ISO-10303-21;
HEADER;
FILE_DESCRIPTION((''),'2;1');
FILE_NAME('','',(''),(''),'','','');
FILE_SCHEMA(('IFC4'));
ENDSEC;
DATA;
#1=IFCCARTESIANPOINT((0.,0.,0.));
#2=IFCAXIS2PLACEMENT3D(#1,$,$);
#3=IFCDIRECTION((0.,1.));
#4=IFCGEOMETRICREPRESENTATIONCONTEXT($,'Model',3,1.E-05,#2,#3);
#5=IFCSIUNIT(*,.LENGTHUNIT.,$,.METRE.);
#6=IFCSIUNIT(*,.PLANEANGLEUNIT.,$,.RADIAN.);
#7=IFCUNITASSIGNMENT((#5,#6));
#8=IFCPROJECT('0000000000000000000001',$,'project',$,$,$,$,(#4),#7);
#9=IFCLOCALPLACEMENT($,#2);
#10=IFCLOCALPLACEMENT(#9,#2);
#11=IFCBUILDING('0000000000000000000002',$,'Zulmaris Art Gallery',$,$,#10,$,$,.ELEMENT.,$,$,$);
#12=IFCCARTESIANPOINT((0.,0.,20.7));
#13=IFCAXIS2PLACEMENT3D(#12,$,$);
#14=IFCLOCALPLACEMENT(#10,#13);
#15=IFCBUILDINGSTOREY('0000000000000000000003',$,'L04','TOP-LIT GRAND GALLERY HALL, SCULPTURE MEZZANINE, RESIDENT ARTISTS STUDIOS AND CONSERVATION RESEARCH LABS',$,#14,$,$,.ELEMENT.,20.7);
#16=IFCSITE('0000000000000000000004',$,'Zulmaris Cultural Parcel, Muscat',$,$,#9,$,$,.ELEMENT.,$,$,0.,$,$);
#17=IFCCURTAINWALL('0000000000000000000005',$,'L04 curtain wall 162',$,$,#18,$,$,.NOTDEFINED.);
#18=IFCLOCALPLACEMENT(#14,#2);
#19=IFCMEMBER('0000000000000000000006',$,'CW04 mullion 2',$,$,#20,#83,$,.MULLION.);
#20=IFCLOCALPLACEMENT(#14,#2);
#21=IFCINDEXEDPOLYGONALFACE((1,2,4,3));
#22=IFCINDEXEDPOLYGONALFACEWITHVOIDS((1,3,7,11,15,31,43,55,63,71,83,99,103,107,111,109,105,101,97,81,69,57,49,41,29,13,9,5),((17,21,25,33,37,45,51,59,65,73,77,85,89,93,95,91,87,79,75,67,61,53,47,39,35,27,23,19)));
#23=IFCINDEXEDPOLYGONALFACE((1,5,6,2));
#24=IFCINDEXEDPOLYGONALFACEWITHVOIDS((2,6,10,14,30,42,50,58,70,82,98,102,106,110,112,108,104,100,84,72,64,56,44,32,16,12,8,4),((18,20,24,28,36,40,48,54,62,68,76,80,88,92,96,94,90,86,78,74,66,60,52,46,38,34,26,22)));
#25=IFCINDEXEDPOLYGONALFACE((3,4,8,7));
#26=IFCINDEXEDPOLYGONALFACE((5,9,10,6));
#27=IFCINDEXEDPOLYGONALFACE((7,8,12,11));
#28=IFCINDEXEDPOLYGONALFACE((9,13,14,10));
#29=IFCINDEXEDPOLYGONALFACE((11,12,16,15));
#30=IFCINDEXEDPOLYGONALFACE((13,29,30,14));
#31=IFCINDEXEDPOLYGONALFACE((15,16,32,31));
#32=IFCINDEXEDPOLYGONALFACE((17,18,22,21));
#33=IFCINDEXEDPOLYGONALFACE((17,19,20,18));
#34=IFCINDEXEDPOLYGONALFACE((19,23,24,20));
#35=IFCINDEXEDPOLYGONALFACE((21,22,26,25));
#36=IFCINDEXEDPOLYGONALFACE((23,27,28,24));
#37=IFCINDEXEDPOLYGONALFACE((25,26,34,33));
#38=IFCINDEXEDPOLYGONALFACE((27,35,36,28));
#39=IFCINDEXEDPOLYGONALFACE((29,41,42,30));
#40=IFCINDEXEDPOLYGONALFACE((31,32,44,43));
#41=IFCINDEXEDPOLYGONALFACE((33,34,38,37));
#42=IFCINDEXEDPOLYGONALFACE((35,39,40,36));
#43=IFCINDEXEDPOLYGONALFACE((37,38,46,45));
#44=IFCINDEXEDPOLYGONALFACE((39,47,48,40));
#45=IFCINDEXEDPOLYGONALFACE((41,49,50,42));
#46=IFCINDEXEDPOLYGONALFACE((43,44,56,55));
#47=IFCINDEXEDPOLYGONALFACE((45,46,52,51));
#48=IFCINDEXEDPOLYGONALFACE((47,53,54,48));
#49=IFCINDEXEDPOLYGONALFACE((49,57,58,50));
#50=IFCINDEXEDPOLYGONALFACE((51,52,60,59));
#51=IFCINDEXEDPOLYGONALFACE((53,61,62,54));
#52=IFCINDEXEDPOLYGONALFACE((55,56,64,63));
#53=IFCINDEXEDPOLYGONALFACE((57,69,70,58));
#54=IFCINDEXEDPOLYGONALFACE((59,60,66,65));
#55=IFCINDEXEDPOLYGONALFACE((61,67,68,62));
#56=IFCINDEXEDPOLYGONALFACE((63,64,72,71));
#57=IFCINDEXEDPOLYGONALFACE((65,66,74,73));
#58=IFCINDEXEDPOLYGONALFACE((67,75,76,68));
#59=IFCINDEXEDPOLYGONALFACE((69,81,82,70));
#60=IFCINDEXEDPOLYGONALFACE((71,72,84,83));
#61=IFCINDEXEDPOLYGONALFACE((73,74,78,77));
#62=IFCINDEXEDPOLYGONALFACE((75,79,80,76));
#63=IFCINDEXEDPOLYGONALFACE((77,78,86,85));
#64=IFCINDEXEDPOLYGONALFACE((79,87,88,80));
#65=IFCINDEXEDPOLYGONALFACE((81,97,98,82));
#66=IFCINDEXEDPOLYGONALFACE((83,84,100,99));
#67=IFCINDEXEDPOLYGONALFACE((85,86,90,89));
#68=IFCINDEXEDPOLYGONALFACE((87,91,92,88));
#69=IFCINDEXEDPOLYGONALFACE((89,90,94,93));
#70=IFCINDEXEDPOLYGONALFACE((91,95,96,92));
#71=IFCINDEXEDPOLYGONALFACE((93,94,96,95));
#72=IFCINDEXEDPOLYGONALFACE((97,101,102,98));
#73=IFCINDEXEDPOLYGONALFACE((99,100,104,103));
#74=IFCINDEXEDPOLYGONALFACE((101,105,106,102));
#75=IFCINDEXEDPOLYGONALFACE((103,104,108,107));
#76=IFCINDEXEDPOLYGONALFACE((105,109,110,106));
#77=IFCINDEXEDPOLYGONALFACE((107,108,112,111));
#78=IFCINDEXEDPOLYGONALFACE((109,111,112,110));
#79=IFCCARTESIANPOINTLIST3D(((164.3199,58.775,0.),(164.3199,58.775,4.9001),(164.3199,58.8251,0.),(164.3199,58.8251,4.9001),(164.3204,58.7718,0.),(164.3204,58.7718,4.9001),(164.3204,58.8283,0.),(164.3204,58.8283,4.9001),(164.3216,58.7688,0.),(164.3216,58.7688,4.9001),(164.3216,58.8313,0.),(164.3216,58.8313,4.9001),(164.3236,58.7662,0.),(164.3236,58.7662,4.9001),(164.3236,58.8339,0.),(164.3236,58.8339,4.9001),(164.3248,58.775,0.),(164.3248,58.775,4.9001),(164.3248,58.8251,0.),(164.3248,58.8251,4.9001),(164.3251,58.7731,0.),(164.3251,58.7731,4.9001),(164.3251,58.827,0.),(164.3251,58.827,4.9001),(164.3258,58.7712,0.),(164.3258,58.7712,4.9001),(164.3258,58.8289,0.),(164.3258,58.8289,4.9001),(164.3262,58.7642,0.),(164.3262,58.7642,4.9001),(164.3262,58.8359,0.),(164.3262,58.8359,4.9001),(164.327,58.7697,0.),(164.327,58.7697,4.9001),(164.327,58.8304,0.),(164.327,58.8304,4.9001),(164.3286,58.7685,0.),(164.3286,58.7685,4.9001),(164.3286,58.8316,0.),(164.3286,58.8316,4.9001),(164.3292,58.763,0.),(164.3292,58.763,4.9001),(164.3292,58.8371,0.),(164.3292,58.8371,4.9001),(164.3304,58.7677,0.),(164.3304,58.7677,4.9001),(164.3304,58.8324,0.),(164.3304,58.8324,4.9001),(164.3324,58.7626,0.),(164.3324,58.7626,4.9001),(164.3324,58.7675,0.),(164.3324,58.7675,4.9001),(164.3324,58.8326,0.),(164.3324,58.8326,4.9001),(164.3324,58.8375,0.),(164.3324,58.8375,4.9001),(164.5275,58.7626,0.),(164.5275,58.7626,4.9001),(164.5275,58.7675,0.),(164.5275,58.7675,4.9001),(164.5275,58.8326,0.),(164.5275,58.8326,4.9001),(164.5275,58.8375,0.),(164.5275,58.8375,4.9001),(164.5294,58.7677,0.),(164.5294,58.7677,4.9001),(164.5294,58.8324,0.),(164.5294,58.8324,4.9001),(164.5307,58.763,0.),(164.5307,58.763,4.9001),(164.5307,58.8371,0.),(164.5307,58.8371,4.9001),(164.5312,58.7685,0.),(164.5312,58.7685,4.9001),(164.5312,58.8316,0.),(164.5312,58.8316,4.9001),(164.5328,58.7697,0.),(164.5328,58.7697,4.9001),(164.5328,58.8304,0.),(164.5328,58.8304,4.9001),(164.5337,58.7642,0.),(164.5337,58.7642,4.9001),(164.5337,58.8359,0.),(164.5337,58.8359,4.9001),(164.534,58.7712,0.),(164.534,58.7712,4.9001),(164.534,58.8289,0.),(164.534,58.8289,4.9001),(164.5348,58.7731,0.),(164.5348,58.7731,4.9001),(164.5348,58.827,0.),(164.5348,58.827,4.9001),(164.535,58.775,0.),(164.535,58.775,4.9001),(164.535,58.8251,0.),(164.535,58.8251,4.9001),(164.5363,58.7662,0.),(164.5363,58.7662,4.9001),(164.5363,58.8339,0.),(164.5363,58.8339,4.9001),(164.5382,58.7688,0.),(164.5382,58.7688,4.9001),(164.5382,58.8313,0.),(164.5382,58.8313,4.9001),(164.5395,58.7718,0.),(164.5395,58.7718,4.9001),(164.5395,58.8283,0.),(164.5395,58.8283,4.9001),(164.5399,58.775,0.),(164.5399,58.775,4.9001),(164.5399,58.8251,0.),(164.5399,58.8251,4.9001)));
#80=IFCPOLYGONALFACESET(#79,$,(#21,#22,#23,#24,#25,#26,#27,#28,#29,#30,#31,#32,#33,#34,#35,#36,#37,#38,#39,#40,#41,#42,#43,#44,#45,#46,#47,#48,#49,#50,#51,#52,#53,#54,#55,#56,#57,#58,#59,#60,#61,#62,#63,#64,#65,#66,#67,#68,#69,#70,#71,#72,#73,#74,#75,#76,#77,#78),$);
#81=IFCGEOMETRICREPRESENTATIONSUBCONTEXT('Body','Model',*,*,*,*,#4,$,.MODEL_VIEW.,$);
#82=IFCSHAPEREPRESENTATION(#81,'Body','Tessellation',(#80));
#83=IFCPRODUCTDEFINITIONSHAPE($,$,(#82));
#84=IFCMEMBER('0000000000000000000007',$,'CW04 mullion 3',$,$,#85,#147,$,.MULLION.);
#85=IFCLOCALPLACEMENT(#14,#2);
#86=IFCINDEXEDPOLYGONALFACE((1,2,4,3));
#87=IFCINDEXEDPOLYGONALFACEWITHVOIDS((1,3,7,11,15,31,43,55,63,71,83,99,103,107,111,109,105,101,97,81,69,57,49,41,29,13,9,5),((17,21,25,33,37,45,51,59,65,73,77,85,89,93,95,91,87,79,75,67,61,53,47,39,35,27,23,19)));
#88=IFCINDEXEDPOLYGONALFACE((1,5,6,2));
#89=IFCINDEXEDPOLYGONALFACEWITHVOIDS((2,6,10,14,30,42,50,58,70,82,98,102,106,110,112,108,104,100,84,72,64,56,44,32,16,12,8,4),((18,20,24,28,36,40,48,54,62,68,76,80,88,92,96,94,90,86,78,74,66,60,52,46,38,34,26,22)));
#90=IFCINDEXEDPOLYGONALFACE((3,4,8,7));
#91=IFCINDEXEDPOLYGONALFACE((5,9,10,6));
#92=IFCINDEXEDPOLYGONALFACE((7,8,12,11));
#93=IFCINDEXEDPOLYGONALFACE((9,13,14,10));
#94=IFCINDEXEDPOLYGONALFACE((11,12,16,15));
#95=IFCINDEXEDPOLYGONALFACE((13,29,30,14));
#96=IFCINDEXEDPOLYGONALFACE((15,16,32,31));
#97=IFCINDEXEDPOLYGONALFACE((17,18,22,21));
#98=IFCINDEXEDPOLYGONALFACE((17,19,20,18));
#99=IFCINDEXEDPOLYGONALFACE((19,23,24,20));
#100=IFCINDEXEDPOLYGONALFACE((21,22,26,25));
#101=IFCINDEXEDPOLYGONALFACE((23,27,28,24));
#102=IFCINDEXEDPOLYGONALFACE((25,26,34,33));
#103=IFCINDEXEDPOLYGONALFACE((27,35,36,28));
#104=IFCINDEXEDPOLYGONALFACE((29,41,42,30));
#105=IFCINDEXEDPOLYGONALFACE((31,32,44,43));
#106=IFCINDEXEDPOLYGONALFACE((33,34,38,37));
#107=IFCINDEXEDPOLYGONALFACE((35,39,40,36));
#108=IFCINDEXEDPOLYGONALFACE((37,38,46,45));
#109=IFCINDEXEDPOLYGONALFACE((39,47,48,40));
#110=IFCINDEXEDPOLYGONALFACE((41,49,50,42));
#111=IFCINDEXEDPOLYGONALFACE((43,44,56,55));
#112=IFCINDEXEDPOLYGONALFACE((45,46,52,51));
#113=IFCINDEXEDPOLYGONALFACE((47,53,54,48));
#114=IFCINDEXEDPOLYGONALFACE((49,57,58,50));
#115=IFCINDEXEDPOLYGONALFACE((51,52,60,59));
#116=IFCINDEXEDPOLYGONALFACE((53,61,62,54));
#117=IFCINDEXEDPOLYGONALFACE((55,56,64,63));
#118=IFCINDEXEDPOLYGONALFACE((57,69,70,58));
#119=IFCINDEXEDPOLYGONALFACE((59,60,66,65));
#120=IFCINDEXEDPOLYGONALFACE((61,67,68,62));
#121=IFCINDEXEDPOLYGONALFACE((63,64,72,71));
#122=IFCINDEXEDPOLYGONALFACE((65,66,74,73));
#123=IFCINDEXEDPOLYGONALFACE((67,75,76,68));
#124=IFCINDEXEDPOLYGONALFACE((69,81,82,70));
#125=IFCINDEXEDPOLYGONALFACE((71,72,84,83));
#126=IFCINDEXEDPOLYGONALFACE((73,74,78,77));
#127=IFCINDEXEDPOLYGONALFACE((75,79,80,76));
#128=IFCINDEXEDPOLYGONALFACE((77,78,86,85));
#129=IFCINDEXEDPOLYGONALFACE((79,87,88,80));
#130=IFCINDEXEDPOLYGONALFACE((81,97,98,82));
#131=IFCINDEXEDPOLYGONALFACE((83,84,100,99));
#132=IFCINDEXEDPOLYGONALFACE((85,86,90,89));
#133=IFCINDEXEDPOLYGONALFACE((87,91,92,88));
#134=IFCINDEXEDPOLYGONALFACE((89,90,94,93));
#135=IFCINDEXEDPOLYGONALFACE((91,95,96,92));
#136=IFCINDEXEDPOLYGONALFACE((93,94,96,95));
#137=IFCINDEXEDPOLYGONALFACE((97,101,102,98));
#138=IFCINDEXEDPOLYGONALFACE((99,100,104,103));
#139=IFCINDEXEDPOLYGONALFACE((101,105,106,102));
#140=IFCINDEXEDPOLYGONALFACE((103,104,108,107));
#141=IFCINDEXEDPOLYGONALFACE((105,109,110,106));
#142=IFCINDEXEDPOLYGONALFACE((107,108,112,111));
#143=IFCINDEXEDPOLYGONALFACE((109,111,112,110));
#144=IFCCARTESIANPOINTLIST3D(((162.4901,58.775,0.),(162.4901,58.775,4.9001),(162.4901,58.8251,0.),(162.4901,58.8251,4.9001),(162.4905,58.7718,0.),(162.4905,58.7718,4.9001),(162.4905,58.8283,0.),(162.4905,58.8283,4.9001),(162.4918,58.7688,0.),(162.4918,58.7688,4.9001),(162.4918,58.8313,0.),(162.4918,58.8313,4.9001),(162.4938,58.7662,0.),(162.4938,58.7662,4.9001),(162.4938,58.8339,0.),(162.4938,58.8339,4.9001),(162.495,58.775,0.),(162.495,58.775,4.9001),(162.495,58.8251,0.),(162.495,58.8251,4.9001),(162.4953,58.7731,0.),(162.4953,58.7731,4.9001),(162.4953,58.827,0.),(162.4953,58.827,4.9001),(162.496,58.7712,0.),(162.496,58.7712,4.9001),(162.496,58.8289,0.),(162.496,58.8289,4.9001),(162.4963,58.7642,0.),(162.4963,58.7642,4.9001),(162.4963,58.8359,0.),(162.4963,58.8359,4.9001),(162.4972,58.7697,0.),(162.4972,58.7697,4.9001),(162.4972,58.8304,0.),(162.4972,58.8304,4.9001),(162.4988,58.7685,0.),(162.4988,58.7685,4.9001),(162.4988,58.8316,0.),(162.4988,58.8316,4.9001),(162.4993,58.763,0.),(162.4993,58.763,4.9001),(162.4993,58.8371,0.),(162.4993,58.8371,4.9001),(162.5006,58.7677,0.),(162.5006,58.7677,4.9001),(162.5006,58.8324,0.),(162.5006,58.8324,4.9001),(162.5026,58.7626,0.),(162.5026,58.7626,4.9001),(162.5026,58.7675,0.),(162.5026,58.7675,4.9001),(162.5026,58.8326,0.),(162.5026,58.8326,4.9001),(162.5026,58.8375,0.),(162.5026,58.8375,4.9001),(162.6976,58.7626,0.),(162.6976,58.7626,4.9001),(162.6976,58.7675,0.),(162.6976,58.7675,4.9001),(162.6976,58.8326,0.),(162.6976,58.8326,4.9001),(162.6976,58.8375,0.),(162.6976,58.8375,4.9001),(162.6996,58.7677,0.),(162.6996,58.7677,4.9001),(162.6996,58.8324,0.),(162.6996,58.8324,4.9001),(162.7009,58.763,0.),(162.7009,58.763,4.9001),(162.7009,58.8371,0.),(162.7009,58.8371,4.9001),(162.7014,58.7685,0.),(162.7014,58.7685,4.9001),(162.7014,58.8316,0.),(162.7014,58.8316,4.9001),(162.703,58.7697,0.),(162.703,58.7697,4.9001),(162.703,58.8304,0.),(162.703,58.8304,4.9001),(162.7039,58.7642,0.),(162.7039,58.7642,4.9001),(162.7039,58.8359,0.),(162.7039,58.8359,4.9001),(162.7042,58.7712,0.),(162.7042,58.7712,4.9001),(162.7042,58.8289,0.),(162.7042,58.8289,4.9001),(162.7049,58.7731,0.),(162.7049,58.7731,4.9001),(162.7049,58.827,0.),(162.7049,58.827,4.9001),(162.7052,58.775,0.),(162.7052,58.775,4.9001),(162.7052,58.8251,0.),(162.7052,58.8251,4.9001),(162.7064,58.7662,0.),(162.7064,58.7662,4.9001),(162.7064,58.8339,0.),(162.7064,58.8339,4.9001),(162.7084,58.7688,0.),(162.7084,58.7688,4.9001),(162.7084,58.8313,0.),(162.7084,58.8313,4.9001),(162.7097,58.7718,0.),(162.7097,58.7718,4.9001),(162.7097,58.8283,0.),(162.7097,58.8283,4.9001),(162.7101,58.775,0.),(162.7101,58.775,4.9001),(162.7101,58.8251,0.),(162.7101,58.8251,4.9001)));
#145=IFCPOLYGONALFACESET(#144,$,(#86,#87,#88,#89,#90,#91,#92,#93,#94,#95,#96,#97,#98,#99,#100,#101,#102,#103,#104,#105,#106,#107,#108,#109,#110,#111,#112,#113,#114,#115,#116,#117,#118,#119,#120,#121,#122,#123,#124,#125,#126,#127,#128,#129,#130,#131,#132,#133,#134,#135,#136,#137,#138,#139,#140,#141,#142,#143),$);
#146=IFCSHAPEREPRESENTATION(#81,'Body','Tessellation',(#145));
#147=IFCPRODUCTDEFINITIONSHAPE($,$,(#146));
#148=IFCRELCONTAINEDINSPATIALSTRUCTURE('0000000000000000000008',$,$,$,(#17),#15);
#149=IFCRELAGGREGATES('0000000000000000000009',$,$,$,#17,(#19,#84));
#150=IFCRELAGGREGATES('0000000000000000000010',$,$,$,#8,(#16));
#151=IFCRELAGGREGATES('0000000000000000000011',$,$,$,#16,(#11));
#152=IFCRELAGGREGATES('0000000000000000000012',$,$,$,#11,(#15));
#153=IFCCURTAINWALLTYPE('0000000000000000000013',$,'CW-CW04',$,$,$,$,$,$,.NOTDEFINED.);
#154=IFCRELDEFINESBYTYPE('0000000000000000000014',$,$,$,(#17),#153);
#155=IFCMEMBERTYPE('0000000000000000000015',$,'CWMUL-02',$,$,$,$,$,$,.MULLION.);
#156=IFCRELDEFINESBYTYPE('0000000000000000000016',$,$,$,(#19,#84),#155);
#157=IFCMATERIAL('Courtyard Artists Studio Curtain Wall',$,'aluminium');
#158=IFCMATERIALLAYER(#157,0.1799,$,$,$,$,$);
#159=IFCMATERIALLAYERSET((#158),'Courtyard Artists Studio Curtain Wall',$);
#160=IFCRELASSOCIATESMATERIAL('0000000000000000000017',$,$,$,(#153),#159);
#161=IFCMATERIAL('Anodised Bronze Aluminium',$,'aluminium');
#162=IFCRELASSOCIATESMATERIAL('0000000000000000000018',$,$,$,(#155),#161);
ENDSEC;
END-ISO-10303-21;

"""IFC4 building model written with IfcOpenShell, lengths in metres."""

from ifc_helpers import new_model, si_unit, direction, frame, origin, origin_2d, place, context, subcontext, project, spatial, hollow_rectangle, extrude, material, layer, layer_set, material_profile, profile_set, type_object, element, aggregate, save


model = new_model("IFC4")

# Units and contexts
model_context = context("Model", 3, precision=1e-05, world=origin(), true_north=direction((0.0, 1.0)))
body_context = subcontext(model_context, "Body", "Model", "MODEL_VIEW")
ifc_project = project(units=[si_unit("LENGTHUNIT", "METRE"), si_unit("PLANEANGLEUNIT", "RADIAN")], contexts=[model_context])

# Site, building, storey
site_placement = place(None, origin())
site = spatial("IfcSite", under=ifc_project, at=site_placement, Name="Zulmaris Cultural Parcel, Muscat", CompositionType="ELEMENT", RefElevation=0.0)
building_placement = place(site_placement, origin())
building = spatial("IfcBuilding", under=site, at=building_placement, Name="Zulmaris Art Gallery", CompositionType="ELEMENT")
storey_placement = place(building_placement, frame((0.0, 0.0, 20.7)))
storey = spatial("IfcBuildingStorey", under=building, at=storey_placement, Name="L04", Description="TOP-LIT GRAND GALLERY HALL, SCULPTURE MEZZANINE, RESIDENT ARTISTS STUDIOS AND CONSERVATION RESEARCH LABS", CompositionType="ELEMENT", Elevation=20.7)

# Shared definitions
ifc_material_1 = material(Name="Courtyard Artists Studio Curtain Wall", Category="aluminium")
ifc_layer_1 = layer(ifc_material_1, 0.1799)
ifc_layer_set_1 = layer_set([ifc_layer_1], Name="Courtyard Artists Studio Curtain Wall")
curtain_wall_type = type_object("IfcCurtainWallType", Name="CW-CW04", PredefinedType="NOTDEFINED", material=ifc_layer_set_1)
ifc_material_2 = material(Name="Anodised Bronze Aluminium", Category="aluminium")
ifc_material_profile_1 = material_profile(ifc_material_2, hollow_rectangle(XDim=0.075, YDim=0.22, WallThickness=0.0049, InnerFilletRadius=0.0076, OuterFilletRadius=0.0125, at=origin_2d()), Name="ALU 75x220x5")
ifc_profile_set_1 = profile_set([ifc_material_profile_1], Name="Anodised Bronze Aluminium")
member_type_1 = type_object("IfcMemberType", Name="CWMUL-02", PredefinedType="MULLION", material=ifc_profile_set_1)

# Curtain wall, members
curtain_wall_1_placement = place(storey_placement, origin())
curtain_wall_1 = element("IfcCurtainWall", 1, at=curtain_wall_1_placement, inside=storey, type_object=curtain_wall_type, Name="L04 curtain wall 162", PredefinedType="NOTDEFINED")
member_1_placement = place(storey_placement, frame((164.4299, 58.8, 0.0), z_axis=(0.0, 0.0, 1.0), x_axis=(0.0, -1.0, 0.0)))
member_1 = element("IfcMember", 2, at=member_1_placement, type_object=member_type_1, Name="CW04 mullion 2", PredefinedType="MULLION", context=body_context, shape_type="SweptSolid", body=[
    extrude(hollow_rectangle(XDim=0.075, YDim=0.22, WallThickness=0.0049, InnerFilletRadius=0.0076, OuterFilletRadius=0.0125, at=origin_2d()), origin(), (0.0, 0.0, 1.0), 4.9001),
])
member_2_placement = place(storey_placement, frame((162.6001, 58.8, 0.0), z_axis=(0.0, 0.0, 1.0), x_axis=(0.0, -1.0, 0.0)))
member_2 = element("IfcMember", 3, at=member_2_placement, type_object=member_type_1, Name="CW04 mullion 3", PredefinedType="MULLION", context=body_context, shape_type="SweptSolid", body=[
    extrude(hollow_rectangle(XDim=0.075, YDim=0.22, WallThickness=0.0049, InnerFilletRadius=0.0076, OuterFilletRadius=0.0125, at=origin_2d()), origin(), (0.0, 0.0, 1.0), 4.9001),
])
aggregate(curtain_wall_1, [member_1, member_2])

save(model, "model.ifc")
